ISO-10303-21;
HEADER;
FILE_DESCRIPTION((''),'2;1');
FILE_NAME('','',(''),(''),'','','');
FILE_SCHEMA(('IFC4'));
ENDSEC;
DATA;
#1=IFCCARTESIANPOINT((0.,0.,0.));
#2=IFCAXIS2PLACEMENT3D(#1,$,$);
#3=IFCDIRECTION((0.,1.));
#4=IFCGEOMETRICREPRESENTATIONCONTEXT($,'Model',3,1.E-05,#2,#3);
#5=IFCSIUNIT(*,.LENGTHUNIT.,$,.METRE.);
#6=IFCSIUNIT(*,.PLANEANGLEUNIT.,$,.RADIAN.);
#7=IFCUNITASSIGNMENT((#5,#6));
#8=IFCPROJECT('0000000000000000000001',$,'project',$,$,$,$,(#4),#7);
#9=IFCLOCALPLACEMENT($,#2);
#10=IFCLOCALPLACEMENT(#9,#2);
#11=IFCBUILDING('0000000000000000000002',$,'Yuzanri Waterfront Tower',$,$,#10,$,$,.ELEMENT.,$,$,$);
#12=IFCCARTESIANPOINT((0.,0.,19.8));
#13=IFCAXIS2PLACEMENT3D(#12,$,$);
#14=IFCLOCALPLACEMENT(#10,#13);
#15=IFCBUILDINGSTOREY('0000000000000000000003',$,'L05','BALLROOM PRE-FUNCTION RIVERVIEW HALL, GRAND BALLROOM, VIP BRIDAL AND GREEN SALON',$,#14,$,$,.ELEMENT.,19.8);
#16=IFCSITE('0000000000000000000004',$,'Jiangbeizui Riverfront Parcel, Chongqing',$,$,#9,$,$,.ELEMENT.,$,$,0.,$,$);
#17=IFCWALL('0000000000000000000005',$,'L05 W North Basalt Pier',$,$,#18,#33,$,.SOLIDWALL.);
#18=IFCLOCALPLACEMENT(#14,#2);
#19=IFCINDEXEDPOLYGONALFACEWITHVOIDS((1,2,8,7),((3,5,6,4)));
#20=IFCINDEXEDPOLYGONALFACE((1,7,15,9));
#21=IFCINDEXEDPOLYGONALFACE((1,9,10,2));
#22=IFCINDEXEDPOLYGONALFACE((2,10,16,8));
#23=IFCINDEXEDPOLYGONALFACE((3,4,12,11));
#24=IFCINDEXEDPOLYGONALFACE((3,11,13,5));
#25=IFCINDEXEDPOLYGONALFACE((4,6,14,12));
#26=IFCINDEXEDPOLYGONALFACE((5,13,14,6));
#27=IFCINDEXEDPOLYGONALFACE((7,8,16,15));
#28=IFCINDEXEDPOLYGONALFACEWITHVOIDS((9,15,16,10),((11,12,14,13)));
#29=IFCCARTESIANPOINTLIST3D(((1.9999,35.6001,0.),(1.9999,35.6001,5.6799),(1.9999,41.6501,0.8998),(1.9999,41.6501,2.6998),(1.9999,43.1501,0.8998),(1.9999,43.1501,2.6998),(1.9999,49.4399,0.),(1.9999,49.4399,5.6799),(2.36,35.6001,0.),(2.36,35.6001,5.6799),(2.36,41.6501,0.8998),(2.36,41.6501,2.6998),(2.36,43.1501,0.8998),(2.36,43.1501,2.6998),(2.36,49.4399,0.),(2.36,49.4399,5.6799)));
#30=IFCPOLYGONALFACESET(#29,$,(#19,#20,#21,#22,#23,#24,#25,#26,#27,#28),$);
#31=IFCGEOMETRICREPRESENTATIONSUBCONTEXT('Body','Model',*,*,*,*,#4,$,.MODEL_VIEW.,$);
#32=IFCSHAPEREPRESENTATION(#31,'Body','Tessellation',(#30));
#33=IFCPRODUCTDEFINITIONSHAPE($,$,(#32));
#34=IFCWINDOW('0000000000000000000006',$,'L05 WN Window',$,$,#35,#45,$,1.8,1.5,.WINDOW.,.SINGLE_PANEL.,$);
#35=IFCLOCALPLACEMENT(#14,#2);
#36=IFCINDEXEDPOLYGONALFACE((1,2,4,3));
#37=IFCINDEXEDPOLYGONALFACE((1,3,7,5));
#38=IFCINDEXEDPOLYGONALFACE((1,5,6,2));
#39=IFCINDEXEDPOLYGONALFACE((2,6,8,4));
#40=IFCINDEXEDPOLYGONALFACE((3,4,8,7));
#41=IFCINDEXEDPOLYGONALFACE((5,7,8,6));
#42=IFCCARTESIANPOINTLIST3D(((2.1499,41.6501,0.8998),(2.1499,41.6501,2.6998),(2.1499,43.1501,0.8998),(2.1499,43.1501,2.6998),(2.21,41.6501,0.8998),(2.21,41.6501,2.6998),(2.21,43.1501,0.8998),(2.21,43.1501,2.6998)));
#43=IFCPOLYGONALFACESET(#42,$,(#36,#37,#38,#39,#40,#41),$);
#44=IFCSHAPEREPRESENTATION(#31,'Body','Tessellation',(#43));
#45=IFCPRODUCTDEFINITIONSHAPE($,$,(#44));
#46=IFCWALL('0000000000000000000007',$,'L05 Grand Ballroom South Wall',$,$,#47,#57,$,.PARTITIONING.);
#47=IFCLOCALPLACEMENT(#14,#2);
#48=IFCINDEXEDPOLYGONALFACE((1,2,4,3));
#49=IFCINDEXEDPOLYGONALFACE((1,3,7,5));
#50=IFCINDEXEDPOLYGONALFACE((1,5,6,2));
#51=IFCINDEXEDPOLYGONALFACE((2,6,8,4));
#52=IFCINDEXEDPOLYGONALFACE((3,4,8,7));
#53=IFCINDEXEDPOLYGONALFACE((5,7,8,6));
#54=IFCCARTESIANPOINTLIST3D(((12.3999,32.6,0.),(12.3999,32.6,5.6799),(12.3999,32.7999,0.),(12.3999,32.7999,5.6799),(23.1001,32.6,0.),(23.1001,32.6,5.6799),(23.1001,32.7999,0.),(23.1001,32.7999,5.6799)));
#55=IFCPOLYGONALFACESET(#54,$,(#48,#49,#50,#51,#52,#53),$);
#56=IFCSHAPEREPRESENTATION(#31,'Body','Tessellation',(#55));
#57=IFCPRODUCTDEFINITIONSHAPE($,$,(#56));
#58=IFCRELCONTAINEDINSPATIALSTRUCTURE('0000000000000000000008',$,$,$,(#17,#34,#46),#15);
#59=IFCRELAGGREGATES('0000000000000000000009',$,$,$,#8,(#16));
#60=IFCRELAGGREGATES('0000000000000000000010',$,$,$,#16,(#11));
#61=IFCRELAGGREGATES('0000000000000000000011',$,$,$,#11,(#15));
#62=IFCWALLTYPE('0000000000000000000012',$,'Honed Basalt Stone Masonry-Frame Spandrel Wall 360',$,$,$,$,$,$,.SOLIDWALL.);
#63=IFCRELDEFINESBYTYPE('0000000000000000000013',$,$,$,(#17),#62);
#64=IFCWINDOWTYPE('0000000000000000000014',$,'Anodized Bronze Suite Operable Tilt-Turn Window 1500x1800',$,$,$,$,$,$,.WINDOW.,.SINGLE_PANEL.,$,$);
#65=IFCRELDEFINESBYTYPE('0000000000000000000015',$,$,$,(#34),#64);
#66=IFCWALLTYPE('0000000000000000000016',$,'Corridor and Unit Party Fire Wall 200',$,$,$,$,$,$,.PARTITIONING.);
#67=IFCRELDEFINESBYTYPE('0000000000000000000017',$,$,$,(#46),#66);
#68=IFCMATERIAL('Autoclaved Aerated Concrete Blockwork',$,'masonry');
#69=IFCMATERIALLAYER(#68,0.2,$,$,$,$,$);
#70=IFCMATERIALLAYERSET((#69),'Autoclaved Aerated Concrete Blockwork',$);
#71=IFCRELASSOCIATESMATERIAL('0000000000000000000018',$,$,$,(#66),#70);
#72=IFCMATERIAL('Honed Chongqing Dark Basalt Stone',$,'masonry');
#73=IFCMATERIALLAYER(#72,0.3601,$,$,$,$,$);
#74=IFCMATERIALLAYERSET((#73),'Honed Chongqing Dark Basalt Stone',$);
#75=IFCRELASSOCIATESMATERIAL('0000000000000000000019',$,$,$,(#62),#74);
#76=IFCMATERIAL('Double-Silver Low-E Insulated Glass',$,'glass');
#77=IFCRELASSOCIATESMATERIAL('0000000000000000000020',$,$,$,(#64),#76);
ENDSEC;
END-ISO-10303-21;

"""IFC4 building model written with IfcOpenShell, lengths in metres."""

from ifc_helpers import new_model, si_unit, direction, frame, frame_2d, origin, place, context, subcontext, project, spatial, rectangle, extrude, source, transform, mapped, material, layer, layer_set, type_object, element, fill, save


model = new_model("IFC4")

# Units and contexts
model_context = context("Model", 3, precision=1e-05, world=origin(), true_north=direction((0.0, 1.0)))
body_context = subcontext(model_context, "Body", "Model", "MODEL_VIEW")
ifc_project = project(units=[si_unit("LENGTHUNIT", "METRE"), si_unit("PLANEANGLEUNIT", "RADIAN")], contexts=[model_context])

# Site, building, storey
site_placement = place(None, origin())
site = spatial("IfcSite", under=ifc_project, at=site_placement, Name="Jiangbeizui Riverfront Parcel, Chongqing", CompositionType="ELEMENT", RefElevation=0.0)
building_placement = place(site_placement, origin())
building = spatial("IfcBuilding", under=site, at=building_placement, Name="Yuzanri Waterfront Tower", CompositionType="ELEMENT")
storey_placement = place(building_placement, frame((0.0, 0.0, 19.8)))
storey = spatial("IfcBuildingStorey", under=building, at=storey_placement, Name="L05", Description="BALLROOM PRE-FUNCTION RIVERVIEW HALL, GRAND BALLROOM, VIP BRIDAL AND GREEN SALON", CompositionType="ELEMENT", Elevation=19.8)

# Shared definitions
ifc_material_1 = material(Name="Autoclaved Aerated Concrete Blockwork", Category="masonry")
ifc_layer_1 = layer(ifc_material_1, 0.2)
ifc_layer_set_1 = layer_set([ifc_layer_1], Name="Autoclaved Aerated Concrete Blockwork")
wall_type_1 = type_object("IfcWallType", Name="Corridor and Unit Party Fire Wall 200", PredefinedType="PARTITIONING", material=ifc_layer_set_1)

# Wall, opening, window
ifc_material_2 = material(Name="Honed Chongqing Dark Basalt Stone", Category="masonry")
ifc_layer_2 = layer(ifc_material_2, 0.3601)
ifc_layer_set_2 = layer_set([ifc_layer_2], Name="Honed Chongqing Dark Basalt Stone")
wall_type_2 = type_object("IfcWallType", Name="Honed Basalt Stone Masonry-Frame Spandrel Wall 360", PredefinedType="SOLIDWALL", material=ifc_layer_set_2)
wall_1_placement = place(storey_placement, frame((2.1799, 35.6001, 0.0), z_axis=(0.0, 0.0, 1.0), x_axis=(0.0, 1.0, 0.0)))
wall_1 = element("IfcWall", 1, at=wall_1_placement, inside=storey, type_object=wall_type_2, Name="L05 W North Basalt Pier", PredefinedType="SOLIDWALL", context=body_context, shape_type="SweptSolid", body=[
    extrude(rectangle(XDim=13.8398, YDim=0.3601, at=frame_2d((6.9199, 0.0))), origin(), (0.0, 0.0, 1.0), 5.6799),
])
opening_1_placement = place(wall_1_placement, frame((6.05, 0.0, 0.8999)))
opening_1 = element("IfcOpeningElement", 2, at=opening_1_placement, cuts=wall_1, PredefinedType="OPENING", context=body_context, shape_type="SweptSolid", body=[
    extrude(rectangle(XDim=1.5, YDim=1.8, at=frame_2d((0.75, 0.8999))), frame((0.0, 0.1948, 0.0), z_axis=(0.0, -1.0, 0.0), x_axis=(1.0, 0.0, 0.0)), (0.0, 0.0, 1.0), 0.3899),
])
ifc_material_3 = material(Name="Double-Silver Low-E Insulated Glass", Category="glass")
window_type_1 = type_object("IfcWindowType", Name="Anodized Bronze Suite Operable Tilt-Turn Window 1500x1800", PartitioningType="SINGLE_PANEL", PredefinedType="WINDOW", material=ifc_material_3)
shared_shape_1 = source(origin(), body_context, "Body", "SweptSolid", [
    extrude(rectangle(XDim=1.5, YDim=1.8, at=frame_2d((0.75, 0.8999))), frame((0.0, 0.03, 0.0), z_axis=(0.0, -1.0, 0.0), x_axis=(1.0, 0.0, 0.0)), (0.0, 0.0, 1.0), 0.0601),
])
window_1_placement = place(opening_1_placement, origin())
window_1 = element("IfcWindow", 3, at=window_1_placement, inside=storey, type_object=window_type_1, Name="L05 WN Window", OverallHeight=1.8, OverallWidth=1.5, PartitioningType="SINGLE_PANEL", PredefinedType="WINDOW", context=body_context, shape_type="MappedRepresentation", body=[
    mapped(shared_shape_1, transform((0.0, 0.0, 0.0), scale=1.0)),
])
fill(opening_1, window_1)

# Wall
shared_shape_2 = source(origin(), body_context, "Body", "SweptSolid", [
    extrude(rectangle(XDim=10.7002, YDim=0.2, at=frame_2d((5.3501, 0.0))), origin(), (0.0, 0.0, 1.0), 5.6799),
])
wall_2_placement = place(storey_placement, frame((12.3999, 32.7, 0.0), z_axis=(0.0, 0.0, 1.0), x_axis=(1.0, 0.0, 0.0)))
element("IfcWall", 4, at=wall_2_placement, inside=storey, type_object=wall_type_1, Name="L05 Grand Ballroom South Wall", PredefinedType="PARTITIONING", context=body_context, shape_type="MappedRepresentation", body=[
    mapped(shared_shape_2, transform((0.0, 0.0, 0.0), scale=1.0)),
])

save(model, "model.ifc")
